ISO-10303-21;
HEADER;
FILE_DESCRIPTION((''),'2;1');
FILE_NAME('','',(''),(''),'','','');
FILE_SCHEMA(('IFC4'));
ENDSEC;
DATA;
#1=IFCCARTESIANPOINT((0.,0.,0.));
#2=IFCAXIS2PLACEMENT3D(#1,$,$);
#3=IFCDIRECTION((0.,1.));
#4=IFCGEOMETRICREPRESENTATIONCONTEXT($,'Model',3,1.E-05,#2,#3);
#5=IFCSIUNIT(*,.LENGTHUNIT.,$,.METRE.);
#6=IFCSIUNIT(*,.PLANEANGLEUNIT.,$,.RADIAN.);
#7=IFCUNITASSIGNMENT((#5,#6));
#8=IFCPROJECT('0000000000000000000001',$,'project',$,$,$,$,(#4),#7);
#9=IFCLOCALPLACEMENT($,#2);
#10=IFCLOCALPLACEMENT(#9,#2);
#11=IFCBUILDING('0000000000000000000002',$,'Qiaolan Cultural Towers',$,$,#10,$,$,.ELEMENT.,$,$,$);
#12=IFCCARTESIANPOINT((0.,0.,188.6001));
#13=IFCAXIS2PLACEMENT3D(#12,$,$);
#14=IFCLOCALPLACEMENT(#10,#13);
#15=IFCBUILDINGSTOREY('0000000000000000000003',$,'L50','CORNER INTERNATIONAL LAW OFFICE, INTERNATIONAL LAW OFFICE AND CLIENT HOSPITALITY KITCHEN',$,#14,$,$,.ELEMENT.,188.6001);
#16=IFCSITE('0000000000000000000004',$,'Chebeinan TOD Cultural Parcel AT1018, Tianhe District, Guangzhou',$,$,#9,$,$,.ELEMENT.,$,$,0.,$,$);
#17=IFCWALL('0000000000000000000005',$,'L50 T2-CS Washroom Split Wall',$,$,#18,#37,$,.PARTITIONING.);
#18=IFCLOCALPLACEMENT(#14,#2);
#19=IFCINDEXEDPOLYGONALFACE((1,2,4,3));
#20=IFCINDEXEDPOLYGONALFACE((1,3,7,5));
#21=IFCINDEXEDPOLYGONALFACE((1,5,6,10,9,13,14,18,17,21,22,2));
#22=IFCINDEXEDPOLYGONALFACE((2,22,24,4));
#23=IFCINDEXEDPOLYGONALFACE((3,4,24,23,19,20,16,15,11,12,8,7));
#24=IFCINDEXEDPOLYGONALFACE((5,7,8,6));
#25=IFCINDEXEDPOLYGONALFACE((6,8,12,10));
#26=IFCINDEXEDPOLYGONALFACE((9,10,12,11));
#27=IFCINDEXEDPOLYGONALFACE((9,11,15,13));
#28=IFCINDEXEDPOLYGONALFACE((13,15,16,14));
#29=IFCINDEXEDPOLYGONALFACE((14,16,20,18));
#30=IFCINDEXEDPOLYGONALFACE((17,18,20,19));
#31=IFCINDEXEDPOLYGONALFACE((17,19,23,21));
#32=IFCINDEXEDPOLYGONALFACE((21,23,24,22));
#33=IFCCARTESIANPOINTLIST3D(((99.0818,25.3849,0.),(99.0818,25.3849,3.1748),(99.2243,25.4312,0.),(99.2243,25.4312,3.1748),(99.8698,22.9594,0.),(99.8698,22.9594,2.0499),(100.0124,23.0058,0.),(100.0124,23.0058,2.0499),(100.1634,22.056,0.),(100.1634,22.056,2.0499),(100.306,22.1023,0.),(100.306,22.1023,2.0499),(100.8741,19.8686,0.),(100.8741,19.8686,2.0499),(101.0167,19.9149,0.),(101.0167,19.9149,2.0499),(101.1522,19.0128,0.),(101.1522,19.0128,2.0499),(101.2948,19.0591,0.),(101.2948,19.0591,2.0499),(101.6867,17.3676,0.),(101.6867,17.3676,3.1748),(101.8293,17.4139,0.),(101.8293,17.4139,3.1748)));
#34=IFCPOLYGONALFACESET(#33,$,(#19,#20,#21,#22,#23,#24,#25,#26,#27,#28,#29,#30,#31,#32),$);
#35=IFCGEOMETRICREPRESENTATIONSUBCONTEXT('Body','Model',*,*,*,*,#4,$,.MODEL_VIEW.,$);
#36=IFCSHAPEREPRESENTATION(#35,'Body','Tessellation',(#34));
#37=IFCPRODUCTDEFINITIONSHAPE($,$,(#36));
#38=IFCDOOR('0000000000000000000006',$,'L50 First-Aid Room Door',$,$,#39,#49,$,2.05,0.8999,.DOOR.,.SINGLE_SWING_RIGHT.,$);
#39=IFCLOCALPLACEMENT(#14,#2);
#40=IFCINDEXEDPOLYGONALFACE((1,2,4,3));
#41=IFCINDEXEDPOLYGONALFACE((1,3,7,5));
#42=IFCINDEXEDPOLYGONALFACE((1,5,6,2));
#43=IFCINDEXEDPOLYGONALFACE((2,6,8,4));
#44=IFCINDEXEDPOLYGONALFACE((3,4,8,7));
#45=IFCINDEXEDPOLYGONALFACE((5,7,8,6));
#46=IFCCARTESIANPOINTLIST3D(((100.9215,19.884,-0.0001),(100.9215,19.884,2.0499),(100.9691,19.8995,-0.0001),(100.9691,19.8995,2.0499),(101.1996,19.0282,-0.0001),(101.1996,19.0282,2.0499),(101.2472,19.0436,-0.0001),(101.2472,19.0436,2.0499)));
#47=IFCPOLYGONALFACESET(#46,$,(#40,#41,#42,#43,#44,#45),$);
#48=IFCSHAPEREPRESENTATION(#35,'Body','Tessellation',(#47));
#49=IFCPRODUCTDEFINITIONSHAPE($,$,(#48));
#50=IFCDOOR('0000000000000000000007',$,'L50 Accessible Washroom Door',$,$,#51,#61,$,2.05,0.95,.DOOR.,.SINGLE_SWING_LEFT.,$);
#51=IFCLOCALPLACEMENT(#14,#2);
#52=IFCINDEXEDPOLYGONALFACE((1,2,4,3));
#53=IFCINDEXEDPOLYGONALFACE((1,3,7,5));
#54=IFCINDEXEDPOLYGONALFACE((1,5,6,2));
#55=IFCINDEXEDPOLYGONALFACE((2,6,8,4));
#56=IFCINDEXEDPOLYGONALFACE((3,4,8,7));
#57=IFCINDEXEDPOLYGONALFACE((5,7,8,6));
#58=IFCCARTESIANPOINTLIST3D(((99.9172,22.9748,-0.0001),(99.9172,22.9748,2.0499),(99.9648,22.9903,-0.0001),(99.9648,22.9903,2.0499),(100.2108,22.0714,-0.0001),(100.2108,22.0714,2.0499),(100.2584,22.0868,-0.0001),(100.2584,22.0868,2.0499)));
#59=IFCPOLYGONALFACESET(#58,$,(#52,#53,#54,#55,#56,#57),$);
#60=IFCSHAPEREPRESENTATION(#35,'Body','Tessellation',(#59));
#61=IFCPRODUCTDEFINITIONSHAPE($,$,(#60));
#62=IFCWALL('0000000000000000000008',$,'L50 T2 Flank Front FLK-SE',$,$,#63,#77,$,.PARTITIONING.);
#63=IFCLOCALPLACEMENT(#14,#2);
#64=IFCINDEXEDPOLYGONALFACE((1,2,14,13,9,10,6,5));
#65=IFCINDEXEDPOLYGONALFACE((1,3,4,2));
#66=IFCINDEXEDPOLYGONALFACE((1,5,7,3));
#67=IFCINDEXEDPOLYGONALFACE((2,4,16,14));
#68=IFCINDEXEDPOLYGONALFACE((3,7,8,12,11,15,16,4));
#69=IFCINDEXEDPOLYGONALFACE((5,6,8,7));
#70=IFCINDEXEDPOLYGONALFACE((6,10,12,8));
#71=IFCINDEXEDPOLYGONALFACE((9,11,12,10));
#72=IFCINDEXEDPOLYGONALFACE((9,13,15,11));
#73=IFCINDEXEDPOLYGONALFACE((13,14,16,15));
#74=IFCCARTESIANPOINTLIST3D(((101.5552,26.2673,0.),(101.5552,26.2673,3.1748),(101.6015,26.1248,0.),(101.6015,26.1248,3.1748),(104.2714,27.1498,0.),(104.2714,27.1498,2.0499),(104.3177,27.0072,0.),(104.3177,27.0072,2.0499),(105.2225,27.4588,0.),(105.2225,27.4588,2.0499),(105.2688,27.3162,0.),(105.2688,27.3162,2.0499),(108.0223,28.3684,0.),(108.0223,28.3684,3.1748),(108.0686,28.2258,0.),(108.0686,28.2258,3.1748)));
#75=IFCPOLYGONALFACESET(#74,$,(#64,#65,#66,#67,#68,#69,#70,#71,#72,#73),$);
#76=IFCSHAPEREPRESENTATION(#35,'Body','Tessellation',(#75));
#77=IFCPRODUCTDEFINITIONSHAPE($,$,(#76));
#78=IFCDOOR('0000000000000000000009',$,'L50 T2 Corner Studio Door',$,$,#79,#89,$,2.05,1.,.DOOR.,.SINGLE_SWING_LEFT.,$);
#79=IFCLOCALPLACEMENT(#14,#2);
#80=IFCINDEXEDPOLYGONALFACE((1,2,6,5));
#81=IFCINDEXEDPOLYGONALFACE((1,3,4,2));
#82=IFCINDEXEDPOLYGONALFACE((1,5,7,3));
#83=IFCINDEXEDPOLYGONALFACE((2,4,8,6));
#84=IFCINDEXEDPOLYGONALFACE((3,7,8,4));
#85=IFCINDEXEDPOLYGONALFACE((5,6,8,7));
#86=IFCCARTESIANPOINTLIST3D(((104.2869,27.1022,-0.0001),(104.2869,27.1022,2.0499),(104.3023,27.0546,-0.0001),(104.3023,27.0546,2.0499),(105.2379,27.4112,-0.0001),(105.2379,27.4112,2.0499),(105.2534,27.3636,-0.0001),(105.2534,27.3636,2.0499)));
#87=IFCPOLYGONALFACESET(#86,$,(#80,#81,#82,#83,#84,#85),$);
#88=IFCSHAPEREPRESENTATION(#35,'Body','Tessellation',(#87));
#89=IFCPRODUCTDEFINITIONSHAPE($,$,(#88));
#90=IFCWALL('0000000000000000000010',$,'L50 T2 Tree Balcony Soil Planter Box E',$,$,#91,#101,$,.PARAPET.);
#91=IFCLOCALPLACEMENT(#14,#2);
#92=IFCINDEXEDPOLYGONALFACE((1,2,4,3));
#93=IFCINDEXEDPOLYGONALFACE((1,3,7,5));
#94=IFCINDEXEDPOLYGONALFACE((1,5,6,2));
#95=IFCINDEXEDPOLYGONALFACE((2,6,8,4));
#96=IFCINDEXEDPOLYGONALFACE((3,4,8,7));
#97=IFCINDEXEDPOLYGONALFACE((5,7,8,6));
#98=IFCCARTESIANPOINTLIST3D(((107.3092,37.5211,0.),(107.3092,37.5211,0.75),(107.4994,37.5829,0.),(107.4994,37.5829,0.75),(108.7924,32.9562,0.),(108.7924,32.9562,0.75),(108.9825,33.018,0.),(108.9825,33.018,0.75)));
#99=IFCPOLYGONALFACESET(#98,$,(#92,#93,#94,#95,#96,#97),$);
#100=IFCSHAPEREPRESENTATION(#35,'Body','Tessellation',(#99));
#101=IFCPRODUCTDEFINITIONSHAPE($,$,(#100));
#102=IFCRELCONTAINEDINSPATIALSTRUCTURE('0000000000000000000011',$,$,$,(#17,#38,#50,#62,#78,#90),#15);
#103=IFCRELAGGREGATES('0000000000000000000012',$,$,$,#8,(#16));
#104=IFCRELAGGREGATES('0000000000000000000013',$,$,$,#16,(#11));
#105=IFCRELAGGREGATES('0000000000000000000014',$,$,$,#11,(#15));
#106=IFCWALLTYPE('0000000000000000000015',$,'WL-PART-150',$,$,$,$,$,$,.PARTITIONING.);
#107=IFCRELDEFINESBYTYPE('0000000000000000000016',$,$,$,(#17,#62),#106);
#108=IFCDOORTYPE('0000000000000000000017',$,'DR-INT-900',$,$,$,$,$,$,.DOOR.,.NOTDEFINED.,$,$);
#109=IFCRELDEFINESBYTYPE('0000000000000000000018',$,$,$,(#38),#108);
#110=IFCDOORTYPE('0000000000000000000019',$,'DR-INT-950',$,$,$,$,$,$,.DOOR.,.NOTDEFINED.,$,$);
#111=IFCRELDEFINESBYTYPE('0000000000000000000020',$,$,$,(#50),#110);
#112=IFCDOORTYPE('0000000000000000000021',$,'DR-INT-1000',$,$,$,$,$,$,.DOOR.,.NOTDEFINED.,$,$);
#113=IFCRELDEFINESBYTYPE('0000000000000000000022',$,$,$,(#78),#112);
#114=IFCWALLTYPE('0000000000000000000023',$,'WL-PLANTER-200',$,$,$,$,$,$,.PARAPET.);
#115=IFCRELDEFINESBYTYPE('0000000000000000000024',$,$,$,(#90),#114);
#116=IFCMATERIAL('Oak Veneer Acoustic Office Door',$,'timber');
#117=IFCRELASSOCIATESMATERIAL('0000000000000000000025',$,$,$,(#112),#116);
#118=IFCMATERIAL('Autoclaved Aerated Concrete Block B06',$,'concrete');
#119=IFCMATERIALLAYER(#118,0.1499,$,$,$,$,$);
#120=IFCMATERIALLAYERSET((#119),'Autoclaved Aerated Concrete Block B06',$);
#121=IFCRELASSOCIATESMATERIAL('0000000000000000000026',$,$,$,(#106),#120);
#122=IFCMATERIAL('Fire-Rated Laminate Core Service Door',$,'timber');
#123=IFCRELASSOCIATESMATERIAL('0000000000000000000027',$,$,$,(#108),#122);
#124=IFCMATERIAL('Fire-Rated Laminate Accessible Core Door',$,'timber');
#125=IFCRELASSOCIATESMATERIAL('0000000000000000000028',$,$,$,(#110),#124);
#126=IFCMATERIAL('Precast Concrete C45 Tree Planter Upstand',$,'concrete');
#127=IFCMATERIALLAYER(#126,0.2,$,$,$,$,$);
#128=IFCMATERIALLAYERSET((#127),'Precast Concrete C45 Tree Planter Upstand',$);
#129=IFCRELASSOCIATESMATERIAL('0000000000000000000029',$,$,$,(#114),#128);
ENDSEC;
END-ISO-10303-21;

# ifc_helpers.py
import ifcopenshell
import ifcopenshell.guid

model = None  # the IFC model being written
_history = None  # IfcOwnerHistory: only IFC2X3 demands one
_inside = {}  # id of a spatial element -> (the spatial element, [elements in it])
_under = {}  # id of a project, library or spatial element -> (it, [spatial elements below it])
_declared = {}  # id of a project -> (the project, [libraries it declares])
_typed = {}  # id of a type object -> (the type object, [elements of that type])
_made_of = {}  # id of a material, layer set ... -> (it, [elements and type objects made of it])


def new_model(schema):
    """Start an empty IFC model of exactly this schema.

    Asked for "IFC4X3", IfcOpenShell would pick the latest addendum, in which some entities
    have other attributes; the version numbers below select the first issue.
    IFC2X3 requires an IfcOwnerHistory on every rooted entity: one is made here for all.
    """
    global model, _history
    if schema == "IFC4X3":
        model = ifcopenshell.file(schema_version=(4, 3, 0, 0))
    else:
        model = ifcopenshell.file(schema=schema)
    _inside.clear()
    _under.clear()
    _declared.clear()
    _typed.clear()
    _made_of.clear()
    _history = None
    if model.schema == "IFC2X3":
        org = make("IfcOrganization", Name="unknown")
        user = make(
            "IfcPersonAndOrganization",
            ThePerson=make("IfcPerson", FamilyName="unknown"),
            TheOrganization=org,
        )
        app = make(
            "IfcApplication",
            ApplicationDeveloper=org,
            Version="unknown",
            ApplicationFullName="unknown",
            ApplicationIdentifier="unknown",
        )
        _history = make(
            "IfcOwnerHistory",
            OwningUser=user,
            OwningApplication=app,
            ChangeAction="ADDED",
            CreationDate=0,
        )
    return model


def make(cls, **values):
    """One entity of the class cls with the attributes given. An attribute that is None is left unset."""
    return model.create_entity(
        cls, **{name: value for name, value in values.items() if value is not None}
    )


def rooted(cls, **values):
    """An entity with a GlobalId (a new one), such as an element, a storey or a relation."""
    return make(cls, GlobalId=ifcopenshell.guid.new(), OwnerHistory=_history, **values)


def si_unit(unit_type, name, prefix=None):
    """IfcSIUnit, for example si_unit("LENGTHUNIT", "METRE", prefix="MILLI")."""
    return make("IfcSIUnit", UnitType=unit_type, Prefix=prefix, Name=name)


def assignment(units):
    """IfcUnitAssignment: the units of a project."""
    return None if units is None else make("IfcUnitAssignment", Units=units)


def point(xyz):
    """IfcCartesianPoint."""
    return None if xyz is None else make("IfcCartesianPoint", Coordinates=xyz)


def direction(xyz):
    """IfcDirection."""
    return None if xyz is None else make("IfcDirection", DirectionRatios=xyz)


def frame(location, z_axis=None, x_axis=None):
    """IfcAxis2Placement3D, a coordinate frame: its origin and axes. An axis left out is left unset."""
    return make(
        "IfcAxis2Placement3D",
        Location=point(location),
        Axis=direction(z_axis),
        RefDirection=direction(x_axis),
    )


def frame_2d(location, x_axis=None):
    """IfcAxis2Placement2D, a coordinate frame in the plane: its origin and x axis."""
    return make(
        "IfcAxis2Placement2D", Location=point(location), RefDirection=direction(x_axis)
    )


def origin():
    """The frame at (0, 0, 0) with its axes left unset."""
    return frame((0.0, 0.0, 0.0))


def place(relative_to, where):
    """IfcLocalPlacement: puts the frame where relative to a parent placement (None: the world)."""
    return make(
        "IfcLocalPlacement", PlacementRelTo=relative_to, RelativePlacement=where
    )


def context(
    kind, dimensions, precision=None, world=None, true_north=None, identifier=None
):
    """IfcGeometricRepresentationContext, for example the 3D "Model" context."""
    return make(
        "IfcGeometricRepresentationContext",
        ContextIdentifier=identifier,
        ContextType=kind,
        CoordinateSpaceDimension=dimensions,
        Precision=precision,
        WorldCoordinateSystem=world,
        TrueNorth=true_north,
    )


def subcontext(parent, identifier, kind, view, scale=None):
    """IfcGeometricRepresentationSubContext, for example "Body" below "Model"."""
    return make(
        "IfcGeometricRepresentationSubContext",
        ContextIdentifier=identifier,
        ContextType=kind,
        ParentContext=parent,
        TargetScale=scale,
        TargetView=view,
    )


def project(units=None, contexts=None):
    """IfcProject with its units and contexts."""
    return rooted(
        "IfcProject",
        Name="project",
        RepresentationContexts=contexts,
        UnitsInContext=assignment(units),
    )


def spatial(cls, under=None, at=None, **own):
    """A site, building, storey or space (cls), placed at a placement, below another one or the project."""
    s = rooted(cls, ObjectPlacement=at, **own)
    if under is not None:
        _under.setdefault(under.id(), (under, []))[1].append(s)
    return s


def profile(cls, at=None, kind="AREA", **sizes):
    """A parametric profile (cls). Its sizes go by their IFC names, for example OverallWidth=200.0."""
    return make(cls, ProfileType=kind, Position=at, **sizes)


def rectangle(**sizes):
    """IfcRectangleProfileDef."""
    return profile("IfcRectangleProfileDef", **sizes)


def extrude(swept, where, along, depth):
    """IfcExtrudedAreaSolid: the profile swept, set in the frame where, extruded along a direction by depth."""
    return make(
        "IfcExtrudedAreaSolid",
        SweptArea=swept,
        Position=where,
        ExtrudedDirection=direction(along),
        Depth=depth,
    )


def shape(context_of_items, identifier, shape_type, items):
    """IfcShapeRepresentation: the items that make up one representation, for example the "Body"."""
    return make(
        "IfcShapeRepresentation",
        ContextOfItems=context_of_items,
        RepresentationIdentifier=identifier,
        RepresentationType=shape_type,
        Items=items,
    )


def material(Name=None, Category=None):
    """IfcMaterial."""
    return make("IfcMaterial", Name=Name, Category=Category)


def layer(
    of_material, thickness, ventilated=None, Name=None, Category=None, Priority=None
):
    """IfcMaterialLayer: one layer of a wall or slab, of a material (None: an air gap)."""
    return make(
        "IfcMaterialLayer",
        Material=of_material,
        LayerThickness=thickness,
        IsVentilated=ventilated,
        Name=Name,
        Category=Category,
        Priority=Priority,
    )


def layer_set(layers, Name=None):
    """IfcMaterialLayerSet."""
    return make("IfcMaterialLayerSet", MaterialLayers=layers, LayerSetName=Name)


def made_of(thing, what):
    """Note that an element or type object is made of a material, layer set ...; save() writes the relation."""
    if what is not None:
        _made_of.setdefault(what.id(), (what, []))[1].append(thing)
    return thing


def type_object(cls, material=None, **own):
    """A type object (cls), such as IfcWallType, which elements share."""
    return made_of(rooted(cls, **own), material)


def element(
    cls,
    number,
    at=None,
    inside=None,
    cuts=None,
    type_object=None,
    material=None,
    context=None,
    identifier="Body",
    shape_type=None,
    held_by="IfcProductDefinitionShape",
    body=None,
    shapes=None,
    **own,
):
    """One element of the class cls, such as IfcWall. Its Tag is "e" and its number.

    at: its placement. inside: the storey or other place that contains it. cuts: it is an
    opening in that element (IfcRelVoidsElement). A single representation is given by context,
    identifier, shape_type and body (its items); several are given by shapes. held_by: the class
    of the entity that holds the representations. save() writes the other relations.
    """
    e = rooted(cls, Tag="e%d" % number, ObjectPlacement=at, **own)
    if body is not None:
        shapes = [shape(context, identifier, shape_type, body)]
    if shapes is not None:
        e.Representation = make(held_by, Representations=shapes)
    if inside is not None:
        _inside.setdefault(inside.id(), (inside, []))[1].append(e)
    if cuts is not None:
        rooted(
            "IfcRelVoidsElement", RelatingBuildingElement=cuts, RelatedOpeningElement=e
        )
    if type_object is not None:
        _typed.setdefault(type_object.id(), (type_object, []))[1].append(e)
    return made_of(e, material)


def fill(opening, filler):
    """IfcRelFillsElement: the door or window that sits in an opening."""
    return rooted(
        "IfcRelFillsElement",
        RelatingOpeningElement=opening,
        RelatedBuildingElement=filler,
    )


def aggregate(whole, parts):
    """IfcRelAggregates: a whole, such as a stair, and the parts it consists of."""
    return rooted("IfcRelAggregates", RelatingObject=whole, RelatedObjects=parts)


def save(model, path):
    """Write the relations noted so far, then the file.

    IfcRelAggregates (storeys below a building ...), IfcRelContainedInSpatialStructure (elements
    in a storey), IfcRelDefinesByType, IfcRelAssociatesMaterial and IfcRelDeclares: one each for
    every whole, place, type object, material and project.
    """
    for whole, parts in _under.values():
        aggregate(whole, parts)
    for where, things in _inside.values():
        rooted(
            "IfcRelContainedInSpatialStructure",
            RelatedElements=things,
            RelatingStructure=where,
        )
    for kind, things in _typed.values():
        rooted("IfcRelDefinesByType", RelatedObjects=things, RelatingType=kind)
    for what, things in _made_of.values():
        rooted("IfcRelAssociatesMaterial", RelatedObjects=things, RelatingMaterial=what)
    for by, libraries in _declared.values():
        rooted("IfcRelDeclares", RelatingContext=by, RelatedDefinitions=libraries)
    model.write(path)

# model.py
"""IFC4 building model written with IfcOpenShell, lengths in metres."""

from ifc_helpers import new_model, si_unit, direction, frame, frame_2d, origin, place, context, subcontext, project, spatial, rectangle, extrude, material, layer, layer_set, type_object, element, fill, save


model = new_model("IFC4")

# Units and contexts
model_context = context("Model", 3, precision=1e-05, world=origin(), true_north=direction((0.0, 1.0)))
body_context = subcontext(model_context, "Body", "Model", "MODEL_VIEW")
ifc_project = project(units=[si_unit("LENGTHUNIT", "METRE"), si_unit("PLANEANGLEUNIT", "RADIAN")], contexts=[model_context])

# Site, building, storey
site_placement = place(None, origin())
site = spatial("IfcSite", under=ifc_project, at=site_placement, Name="Chebeinan TOD Cultural Parcel AT1018, Tianhe District, Guangzhou", CompositionType="ELEMENT", RefElevation=0.0)
building_placement = place(site_placement, origin())
building = spatial("IfcBuilding", under=site, at=building_placement, Name="Qiaolan Cultural Towers", CompositionType="ELEMENT")
storey_placement = place(building_placement, frame((0.0, 0.0, 188.6001)))
storey = spatial("IfcBuildingStorey", under=building, at=storey_placement, Name="L50", Description="CORNER INTERNATIONAL LAW OFFICE, INTERNATIONAL LAW OFFICE AND CLIENT HOSPITALITY KITCHEN", CompositionType="ELEMENT", Elevation=188.6001)

# Shared definitions
ifc_material_1 = material(Name="Oak Veneer Acoustic Office Door", Category="timber")
door_type_1 = type_object("IfcDoorType", Name="DR-INT-1000", OperationType="NOTDEFINED", PredefinedType="DOOR", material=ifc_material_1)

# Wall, openings, doors
ifc_material_2 = material(Name="Autoclaved Aerated Concrete Block B06", Category="concrete")
ifc_layer_1 = layer(ifc_material_2, 0.1499)
ifc_layer_set_1 = layer_set([ifc_layer_1], Name="Autoclaved Aerated Concrete Block B06")
wall_type_1 = type_object("IfcWallType", Name="WL-PART-150", PredefinedType="PARTITIONING", material=ifc_layer_set_1)
wall_1_placement = place(storey_placement, frame((99.1531, 25.408, 0.0), z_axis=(0.0, 0.0, 1.0), x_axis=(0.309016, -0.951057, 0.0)))
wall_1 = element("IfcWall", 1, at=wall_1_placement, inside=storey, type_object=wall_type_1, Name="L50 T2-CS Washroom Split Wall", PredefinedType="PARTITIONING", context=body_context, shape_type="SweptSolid", body=[
    extrude(rectangle(XDim=8.4299, YDim=0.1499, at=frame_2d((4.2148, 0.0))), origin(), (0.0, 0.0, 1.0), 3.1748),
])
opening_1_placement = place(wall_1_placement, frame((2.55, 0.0, 0.0)))
opening_1 = element("IfcOpeningElement", 2, at=opening_1_placement, cuts=wall_1, PredefinedType="OPENING", context=body_context, shape_type="SweptSolid", body=[
    extrude(rectangle(XDim=0.95, YDim=2.05, at=frame_2d((0.4751, 1.0249))), frame((0.0, 0.085, 0.0), z_axis=(0.0, -1.0, 0.0), x_axis=(1.0, 0.0, 0.0)), (0.0, 0.0, 1.0), 0.1699),
])
opening_2_placement = place(wall_1_placement, frame((5.8, 0.0, 0.0)))
opening_2 = element("IfcOpeningElement", 3, at=opening_2_placement, cuts=wall_1, PredefinedType="OPENING", context=body_context, shape_type="SweptSolid", body=[
    extrude(rectangle(XDim=0.8999, YDim=2.05, at=frame_2d((0.45, 1.0249))), frame((0.0, 0.085, 0.0), z_axis=(0.0, -1.0, 0.0), x_axis=(1.0, 0.0, 0.0)), (0.0, 0.0, 1.0), 0.1699),
])
ifc_material_3 = material(Name="Fire-Rated Laminate Core Service Door", Category="timber")
door_type_2 = type_object("IfcDoorType", Name="DR-INT-900", OperationType="NOTDEFINED", PredefinedType="DOOR", material=ifc_material_3)
door_1_placement = place(opening_2_placement, origin())
door_1 = element("IfcDoor", 4, at=door_1_placement, inside=storey, type_object=door_type_2, Name="L50 First-Aid Room Door", OperationType="SINGLE_SWING_RIGHT", OverallHeight=2.05, OverallWidth=0.8999, PredefinedType="DOOR", context=body_context, shape_type="SweptSolid", body=[
    extrude(rectangle(XDim=0.8999, YDim=2.05, at=frame_2d((0.45, 1.0249))), frame((0.0, 0.0249, 0.0), z_axis=(0.0, -1.0, 0.0), x_axis=(1.0, 0.0, 0.0)), (0.0, 0.0, 1.0), 0.05),
])
fill(opening_2, door_1)
ifc_material_4 = material(Name="Fire-Rated Laminate Accessible Core Door", Category="timber")
door_type_3 = type_object("IfcDoorType", Name="DR-INT-950", OperationType="NOTDEFINED", PredefinedType="DOOR", material=ifc_material_4)
door_2_placement = place(opening_1_placement, origin())
door_2 = element("IfcDoor", 5, at=door_2_placement, inside=storey, type_object=door_type_3, Name="L50 Accessible Washroom Door", OperationType="SINGLE_SWING_LEFT", OverallHeight=2.05, OverallWidth=0.95, PredefinedType="DOOR", context=body_context, shape_type="SweptSolid", body=[
    extrude(rectangle(XDim=0.95, YDim=2.05, at=frame_2d((0.4751, 1.0249))), frame((0.0, 0.0249, 0.0), z_axis=(0.0, -1.0, 0.0), x_axis=(1.0, 0.0, 0.0)), (0.0, 0.0, 1.0), 0.05),
])
fill(opening_1, door_2)

# Wall, opening, door
wall_2_placement = place(storey_placement, frame((101.5784, 26.196, 0.0), z_axis=(0.0, 0.0, 1.0), x_axis=(0.951065, 0.308991, 0.0)))
wall_2 = element("IfcWall", 6, at=wall_2_placement, inside=storey, type_object=wall_type_1, Name="L50 T2 Flank Front FLK-SE", PredefinedType="PARTITIONING", context=body_context, shape_type="SweptSolid", body=[
    extrude(rectangle(XDim=6.7998, YDim=0.1499, at=frame_2d((3.3999, 0.0))), origin(), (0.0, 0.0, 1.0), 3.1748),
])
opening_3_placement = place(wall_2_placement, frame((2.856, 0.0, 0.0)))
opening_3 = element("IfcOpeningElement", 7, at=opening_3_placement, cuts=wall_2, PredefinedType="OPENING", context=body_context, shape_type="SweptSolid", body=[
    extrude(rectangle(XDim=1.0, YDim=2.05, at=frame_2d((0.5, 1.0249))), frame((0.0, 0.085, 0.0), z_axis=(0.0, -1.0, 0.0), x_axis=(1.0, 0.0, 0.0)), (0.0, 0.0, 1.0), 0.1699),
])
door_3_placement = place(opening_3_placement, origin())
door_3 = element("IfcDoor", 8, at=door_3_placement, inside=storey, type_object=door_type_1, Name="L50 T2 Corner Studio Door", OperationType="SINGLE_SWING_LEFT", OverallHeight=2.05, OverallWidth=1.0, PredefinedType="DOOR", context=body_context, shape_type="SweptSolid", body=[
    extrude(rectangle(XDim=1.0, YDim=2.05, at=frame_2d((0.5, 1.0249))), frame((0.0, 0.0249, 0.0), z_axis=(0.0, -1.0, 0.0), x_axis=(1.0, 0.0, 0.0)), (0.0, 0.0, 1.0), 0.05),
])
fill(opening_3, door_3)

# Wall
ifc_material_5 = material(Name="Precast Concrete C45 Tree Planter Upstand", Category="concrete")
ifc_layer_2 = layer(ifc_material_5, 0.2)
ifc_layer_set_2 = layer_set([ifc_layer_2], Name="Precast Concrete C45 Tree Planter Upstand")
wall_type_2 = type_object("IfcWallType", Name="WL-PLANTER-200", PredefinedType="PARAPET", material=ifc_layer_set_2)
wall_3_placement = place(storey_placement, frame((108.8875, 32.9871, 0.0), z_axis=(0.0, 0.0, 1.0), x_axis=(-0.309001, 0.951062, 0.0)))
element("IfcWall", 9, at=wall_3_placement, inside=storey, type_object=wall_type_2, Name="L50 T2 Tree Balcony Soil Planter Box E", PredefinedType="PARAPET", context=body_context, shape_type="SweptSolid", body=[
    extrude(rectangle(XDim=4.7998, YDim=0.2, at=frame_2d((2.3999, 0.0))), origin(), (0.0, 0.0, 1.0), 0.75),
])

save(model, "model.ifc")
